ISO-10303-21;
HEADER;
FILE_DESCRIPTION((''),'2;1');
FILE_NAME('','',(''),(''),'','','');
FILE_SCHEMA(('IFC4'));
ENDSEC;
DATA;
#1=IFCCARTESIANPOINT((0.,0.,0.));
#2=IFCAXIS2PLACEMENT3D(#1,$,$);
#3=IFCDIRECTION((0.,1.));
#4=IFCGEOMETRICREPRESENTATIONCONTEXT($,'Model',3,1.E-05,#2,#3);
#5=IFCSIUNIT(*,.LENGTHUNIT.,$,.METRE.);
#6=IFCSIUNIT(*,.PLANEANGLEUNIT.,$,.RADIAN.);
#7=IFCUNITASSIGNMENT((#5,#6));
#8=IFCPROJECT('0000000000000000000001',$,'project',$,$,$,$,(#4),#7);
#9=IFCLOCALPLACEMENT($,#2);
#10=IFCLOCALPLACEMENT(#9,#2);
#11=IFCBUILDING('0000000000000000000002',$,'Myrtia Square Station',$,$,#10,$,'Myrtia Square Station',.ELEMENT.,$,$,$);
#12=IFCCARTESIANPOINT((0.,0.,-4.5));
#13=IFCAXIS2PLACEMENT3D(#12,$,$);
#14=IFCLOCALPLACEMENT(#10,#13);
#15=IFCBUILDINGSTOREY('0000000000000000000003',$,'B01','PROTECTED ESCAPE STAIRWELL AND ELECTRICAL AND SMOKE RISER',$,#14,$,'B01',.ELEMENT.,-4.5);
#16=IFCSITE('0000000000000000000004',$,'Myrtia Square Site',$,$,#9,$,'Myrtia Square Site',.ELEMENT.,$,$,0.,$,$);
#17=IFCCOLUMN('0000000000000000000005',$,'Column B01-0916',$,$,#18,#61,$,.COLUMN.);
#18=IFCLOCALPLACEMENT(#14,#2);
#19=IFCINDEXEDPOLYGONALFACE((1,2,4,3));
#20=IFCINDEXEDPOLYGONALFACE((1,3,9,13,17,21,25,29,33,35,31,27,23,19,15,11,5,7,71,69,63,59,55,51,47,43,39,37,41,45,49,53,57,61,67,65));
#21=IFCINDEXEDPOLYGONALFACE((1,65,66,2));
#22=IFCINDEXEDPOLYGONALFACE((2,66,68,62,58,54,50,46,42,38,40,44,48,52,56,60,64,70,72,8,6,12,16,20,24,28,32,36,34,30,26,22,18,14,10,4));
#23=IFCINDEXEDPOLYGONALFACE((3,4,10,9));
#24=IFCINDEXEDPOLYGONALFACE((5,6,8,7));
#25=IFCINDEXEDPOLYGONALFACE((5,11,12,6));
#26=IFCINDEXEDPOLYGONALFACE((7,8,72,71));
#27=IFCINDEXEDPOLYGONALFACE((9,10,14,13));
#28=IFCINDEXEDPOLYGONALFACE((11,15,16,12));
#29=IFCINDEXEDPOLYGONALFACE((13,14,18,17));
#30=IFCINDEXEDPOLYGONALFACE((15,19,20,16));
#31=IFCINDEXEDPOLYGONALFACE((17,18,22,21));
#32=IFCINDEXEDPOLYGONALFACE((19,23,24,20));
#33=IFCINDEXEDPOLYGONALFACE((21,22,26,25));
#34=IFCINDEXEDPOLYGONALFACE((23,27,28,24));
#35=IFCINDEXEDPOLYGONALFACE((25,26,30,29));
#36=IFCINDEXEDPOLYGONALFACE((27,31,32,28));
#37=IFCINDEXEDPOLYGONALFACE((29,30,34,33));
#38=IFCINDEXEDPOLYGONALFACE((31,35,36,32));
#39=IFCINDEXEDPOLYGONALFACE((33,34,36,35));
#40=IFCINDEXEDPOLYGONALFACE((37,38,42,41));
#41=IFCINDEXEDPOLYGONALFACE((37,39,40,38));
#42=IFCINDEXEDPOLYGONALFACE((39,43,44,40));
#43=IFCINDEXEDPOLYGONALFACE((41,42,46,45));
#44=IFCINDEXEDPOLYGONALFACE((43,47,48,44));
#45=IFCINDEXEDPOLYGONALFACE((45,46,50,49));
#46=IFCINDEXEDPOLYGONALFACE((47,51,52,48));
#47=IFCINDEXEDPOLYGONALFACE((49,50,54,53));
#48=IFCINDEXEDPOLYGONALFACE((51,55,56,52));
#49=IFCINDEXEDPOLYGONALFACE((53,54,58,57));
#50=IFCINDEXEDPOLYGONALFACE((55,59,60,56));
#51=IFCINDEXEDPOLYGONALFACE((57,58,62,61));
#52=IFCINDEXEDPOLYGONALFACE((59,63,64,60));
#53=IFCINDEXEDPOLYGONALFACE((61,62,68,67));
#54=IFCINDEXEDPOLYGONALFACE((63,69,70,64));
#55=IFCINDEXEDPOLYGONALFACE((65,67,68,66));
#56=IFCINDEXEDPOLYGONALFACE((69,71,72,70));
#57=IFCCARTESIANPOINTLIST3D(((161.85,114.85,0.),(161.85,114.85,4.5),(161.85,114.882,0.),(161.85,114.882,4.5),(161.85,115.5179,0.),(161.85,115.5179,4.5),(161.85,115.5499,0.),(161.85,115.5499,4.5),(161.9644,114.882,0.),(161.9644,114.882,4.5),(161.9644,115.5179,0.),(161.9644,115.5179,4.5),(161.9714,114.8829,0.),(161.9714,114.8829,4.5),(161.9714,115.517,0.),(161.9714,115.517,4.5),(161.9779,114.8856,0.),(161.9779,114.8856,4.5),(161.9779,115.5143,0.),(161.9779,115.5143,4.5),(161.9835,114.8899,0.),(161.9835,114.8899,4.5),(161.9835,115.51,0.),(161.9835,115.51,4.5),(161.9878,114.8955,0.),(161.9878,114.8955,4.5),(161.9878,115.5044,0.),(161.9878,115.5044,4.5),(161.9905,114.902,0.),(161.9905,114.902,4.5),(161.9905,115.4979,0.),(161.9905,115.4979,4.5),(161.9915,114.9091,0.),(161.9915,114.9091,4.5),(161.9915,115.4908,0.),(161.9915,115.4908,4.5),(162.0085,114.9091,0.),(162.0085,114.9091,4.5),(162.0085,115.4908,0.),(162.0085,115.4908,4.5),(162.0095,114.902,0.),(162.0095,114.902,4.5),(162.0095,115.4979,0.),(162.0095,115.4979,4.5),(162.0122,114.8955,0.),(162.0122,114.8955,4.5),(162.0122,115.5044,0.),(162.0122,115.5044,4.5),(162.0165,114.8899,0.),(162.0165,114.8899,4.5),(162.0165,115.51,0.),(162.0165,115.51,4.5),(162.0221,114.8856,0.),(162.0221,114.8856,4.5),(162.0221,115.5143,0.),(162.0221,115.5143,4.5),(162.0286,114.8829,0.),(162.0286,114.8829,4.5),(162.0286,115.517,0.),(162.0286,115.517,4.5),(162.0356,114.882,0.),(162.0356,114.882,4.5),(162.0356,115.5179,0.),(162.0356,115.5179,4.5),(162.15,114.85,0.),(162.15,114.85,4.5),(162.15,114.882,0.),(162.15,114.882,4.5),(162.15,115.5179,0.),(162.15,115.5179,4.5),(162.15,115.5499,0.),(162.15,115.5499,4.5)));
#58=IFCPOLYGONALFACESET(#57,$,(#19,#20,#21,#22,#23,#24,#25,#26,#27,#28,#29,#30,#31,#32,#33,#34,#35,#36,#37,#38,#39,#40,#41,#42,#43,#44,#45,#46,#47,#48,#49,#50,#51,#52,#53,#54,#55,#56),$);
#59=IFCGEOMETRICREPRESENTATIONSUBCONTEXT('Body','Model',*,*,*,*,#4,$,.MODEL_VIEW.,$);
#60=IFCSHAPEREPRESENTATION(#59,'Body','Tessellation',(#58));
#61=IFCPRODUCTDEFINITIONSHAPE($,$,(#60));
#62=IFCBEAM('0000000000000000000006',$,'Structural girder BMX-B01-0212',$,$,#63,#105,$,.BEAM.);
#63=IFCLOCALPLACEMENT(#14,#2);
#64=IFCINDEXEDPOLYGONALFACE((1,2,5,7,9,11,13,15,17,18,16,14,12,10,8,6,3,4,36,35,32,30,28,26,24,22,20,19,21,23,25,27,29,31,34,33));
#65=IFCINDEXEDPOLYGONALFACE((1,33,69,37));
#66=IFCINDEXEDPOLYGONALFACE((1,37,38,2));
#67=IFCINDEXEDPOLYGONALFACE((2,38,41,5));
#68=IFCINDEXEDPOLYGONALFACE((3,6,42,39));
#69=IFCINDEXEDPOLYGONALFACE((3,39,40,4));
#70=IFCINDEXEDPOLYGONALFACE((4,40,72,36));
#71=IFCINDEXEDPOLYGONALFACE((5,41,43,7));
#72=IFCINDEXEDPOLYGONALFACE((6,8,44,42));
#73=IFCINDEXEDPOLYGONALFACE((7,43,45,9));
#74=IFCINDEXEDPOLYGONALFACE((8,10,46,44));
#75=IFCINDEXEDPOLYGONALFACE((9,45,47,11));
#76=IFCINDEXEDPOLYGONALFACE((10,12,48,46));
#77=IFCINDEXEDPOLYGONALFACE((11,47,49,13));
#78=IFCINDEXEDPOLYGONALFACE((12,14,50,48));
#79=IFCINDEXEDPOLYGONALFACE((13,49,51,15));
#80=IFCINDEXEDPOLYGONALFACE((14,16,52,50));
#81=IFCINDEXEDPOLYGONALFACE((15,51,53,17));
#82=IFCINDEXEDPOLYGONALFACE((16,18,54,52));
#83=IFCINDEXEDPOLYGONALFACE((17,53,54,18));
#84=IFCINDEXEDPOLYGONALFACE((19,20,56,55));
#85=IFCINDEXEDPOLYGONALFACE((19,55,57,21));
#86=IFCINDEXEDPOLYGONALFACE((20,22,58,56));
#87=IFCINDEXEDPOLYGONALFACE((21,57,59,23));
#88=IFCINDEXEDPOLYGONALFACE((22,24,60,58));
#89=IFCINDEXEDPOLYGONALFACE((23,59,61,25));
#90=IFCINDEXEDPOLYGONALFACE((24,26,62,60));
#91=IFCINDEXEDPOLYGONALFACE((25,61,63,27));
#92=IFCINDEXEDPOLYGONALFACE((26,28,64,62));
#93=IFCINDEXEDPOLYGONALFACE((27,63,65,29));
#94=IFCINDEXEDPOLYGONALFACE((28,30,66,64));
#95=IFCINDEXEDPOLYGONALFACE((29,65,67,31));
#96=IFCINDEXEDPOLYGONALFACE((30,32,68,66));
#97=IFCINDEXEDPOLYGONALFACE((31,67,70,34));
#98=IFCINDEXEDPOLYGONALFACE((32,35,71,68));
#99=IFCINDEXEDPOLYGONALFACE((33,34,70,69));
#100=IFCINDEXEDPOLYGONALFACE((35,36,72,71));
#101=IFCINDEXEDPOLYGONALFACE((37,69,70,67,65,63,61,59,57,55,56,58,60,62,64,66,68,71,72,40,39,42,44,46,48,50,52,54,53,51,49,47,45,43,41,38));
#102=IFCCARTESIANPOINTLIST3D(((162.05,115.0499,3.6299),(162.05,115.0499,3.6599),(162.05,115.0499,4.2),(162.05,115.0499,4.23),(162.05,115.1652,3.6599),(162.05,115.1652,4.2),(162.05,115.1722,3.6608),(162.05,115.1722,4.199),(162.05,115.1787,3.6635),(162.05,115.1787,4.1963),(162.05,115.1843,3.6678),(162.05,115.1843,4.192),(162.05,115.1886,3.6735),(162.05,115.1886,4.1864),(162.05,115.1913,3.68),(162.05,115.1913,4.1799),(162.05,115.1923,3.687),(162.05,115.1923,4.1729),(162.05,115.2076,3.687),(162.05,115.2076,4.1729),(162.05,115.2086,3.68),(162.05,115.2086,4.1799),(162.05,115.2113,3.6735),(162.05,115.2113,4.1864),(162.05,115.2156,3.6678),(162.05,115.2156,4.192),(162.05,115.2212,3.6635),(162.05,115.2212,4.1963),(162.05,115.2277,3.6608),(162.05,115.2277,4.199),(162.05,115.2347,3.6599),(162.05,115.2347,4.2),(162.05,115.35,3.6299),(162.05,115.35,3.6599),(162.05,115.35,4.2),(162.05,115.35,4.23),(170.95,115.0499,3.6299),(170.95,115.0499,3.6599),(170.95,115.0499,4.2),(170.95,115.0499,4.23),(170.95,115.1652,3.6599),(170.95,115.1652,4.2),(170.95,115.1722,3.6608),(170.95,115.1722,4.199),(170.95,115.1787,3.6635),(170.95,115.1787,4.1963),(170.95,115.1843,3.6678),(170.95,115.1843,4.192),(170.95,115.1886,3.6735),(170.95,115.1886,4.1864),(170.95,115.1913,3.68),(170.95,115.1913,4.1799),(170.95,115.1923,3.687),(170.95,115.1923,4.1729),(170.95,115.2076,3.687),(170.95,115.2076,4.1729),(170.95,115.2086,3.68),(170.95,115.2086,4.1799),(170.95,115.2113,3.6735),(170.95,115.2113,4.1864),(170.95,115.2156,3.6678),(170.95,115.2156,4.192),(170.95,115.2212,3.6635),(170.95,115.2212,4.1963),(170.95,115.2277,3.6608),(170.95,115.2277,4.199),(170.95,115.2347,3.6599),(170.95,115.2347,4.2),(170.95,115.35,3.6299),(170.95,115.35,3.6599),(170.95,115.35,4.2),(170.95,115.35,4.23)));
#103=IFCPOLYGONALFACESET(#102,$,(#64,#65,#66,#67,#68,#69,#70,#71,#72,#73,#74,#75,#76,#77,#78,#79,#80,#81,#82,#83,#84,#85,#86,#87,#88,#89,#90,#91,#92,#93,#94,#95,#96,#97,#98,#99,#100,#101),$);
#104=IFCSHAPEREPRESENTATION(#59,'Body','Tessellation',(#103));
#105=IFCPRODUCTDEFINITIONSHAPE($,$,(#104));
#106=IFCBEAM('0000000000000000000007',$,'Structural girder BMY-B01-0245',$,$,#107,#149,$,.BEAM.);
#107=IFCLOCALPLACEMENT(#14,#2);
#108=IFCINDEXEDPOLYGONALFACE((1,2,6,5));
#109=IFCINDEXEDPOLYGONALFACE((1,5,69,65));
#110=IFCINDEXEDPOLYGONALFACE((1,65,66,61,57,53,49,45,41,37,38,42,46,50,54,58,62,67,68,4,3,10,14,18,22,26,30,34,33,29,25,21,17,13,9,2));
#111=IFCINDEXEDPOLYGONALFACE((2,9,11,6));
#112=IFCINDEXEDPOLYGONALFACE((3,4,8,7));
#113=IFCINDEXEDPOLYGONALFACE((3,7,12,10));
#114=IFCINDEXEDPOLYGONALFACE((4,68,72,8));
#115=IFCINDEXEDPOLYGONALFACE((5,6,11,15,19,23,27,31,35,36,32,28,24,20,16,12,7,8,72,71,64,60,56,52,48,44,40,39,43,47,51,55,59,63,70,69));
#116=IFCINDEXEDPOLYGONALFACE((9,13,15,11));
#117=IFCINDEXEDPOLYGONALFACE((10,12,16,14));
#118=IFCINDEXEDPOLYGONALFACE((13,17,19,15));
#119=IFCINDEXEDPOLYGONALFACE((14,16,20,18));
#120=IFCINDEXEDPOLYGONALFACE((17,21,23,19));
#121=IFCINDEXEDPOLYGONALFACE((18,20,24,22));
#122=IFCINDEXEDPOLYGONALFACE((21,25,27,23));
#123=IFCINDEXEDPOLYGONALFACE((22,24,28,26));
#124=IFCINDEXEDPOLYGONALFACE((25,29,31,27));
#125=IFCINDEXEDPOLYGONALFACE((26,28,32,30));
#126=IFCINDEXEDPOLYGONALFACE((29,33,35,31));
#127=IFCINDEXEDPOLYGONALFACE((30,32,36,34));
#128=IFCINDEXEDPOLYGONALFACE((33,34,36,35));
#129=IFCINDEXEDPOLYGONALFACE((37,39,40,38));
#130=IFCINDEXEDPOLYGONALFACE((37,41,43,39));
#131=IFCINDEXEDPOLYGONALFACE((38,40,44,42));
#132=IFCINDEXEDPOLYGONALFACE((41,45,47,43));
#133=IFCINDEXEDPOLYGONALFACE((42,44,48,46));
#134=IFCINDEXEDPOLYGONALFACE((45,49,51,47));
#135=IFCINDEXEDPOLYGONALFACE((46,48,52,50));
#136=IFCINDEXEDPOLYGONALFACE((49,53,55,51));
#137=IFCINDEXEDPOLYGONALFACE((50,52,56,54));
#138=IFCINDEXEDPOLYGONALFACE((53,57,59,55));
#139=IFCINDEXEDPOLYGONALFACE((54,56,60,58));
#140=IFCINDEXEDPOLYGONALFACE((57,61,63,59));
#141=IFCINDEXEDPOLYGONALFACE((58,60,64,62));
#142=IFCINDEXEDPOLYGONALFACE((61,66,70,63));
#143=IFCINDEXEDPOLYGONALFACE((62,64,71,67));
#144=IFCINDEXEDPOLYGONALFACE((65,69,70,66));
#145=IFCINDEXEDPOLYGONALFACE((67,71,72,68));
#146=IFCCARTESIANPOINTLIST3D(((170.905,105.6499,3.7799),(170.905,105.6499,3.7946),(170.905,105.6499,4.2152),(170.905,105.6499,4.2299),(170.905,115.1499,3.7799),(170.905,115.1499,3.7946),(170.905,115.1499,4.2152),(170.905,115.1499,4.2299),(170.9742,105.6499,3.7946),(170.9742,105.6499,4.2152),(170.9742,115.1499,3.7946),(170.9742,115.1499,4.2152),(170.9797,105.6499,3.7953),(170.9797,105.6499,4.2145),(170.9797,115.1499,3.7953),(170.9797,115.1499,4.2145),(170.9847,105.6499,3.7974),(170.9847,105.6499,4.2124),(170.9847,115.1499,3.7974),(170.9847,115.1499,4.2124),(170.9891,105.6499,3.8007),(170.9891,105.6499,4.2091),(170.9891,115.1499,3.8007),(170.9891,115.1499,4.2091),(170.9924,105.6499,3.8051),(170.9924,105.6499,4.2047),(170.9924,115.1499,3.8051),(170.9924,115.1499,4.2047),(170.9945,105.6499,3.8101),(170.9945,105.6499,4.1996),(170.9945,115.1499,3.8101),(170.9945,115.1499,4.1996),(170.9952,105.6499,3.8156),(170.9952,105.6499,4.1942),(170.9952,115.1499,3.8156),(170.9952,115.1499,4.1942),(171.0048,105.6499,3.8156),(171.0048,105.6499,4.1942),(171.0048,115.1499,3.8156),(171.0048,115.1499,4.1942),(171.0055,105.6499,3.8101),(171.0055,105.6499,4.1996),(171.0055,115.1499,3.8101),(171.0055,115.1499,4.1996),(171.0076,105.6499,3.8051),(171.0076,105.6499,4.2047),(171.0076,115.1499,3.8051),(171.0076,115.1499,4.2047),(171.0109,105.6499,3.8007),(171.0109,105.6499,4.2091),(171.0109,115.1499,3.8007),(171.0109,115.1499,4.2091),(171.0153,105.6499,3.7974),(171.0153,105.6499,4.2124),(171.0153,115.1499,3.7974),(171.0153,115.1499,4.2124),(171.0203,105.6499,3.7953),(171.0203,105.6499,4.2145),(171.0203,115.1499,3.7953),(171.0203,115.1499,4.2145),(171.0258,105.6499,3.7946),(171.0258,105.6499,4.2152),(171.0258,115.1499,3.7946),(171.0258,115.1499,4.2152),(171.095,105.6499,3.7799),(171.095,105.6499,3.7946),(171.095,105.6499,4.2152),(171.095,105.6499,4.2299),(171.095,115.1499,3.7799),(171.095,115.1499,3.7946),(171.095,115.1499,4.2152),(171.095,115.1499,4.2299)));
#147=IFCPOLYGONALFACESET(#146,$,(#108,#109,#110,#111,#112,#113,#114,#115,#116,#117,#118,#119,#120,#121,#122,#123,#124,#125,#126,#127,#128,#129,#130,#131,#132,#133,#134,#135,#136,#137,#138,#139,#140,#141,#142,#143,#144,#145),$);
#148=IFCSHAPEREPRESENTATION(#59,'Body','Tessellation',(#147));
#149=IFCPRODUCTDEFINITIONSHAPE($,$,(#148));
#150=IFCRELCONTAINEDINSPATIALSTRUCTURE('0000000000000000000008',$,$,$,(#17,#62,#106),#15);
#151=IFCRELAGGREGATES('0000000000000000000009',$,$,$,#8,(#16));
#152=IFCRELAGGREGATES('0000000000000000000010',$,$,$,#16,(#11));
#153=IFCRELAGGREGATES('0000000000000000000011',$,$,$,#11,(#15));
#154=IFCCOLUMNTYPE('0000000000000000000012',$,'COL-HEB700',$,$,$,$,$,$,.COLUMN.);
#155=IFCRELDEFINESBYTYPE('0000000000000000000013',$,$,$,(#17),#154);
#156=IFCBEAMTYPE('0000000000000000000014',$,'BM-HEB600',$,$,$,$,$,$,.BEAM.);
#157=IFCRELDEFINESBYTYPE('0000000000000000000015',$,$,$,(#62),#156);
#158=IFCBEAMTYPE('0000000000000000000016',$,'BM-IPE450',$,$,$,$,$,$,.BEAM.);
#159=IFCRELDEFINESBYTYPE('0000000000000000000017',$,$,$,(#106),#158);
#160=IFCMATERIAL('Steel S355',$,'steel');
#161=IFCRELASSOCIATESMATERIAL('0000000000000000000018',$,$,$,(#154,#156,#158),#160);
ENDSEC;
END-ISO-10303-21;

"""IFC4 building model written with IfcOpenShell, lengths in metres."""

from ifc_helpers import new_model, si_unit, direction, frame, origin, origin_2d, place, context, subcontext, project, spatial, i_section, extrude, material, material_profile, profile_set, type_object, element, save


model = new_model("IFC4")

# Units and contexts
model_context = context("Model", 3, precision=1e-05, world=origin(), true_north=direction((0.0, 1.0)))
body_context = subcontext(model_context, "Body", "Model", "MODEL_VIEW")
ifc_project = project(units=[si_unit("LENGTHUNIT", "METRE"), si_unit("PLANEANGLEUNIT", "RADIAN")], contexts=[model_context])

# Site, building, storey
site_placement = place(None, origin())
site = spatial("IfcSite", under=ifc_project, at=site_placement, Name="Myrtia Square Site", LongName="Myrtia Square Site", CompositionType="ELEMENT", RefElevation=0.0)
building_placement = place(site_placement, origin())
building = spatial("IfcBuilding", under=site, at=building_placement, Name="Myrtia Square Station", LongName="Myrtia Square Station", CompositionType="ELEMENT")
storey_placement = place(building_placement, frame((0.0, 0.0, -4.5)))
storey = spatial("IfcBuildingStorey", under=building, at=storey_placement, Name="B01", Description="PROTECTED ESCAPE STAIRWELL AND ELECTRICAL AND SMOKE RISER", LongName="B01", CompositionType="ELEMENT", Elevation=-4.5)

# Column
ifc_material_1 = material(Name="Steel S355", Category="steel")
ifc_material_profile_1 = material_profile(ifc_material_1, i_section(OverallWidth=0.3, OverallDepth=0.7, WebThickness=0.0171, FlangeThickness=0.032, FilletRadius=0.0271, at=origin_2d()), Name="HEB 700")
ifc_profile_set_1 = profile_set([ifc_material_profile_1], Name="Steel S355")
column_type = type_object("IfcColumnType", Name="COL-HEB700", PredefinedType="COLUMN", material=ifc_profile_set_1)
column_placement = place(storey_placement, frame((162.0, 115.2, 0.0), z_axis=(0.0, 0.0, 1.0), x_axis=(1.0, 0.0, 0.0)))
element("IfcColumn", 1, at=column_placement, inside=storey, type_object=column_type, Name="Column B01-0916", PredefinedType="COLUMN", context=body_context, shape_type="SweptSolid", body=[
    extrude(i_section(OverallWidth=0.3, OverallDepth=0.7, WebThickness=0.0171, FlangeThickness=0.032, FilletRadius=0.0271, at=origin_2d()), origin(), (0.0, 0.0, 1.0), 4.5),
])

# Beams
ifc_material_profile_2 = material_profile(ifc_material_1, i_section(OverallWidth=0.3, OverallDepth=0.6001, WebThickness=0.0154, FlangeThickness=0.03, FilletRadius=0.0271, at=origin_2d()), Name="HEB 600")
ifc_profile_set_2 = profile_set([ifc_material_profile_2], Name="Steel S355")
beam_type_1 = type_object("IfcBeamType", Name="BM-HEB600", PredefinedType="BEAM", material=ifc_profile_set_2)
beam_1_placement = place(storey_placement, frame((162.05, 115.2, 3.9299), z_axis=(1.0, 0.0, 0.0), x_axis=(0.0, 1.0, 0.0)))
element("IfcBeam", 2, at=beam_1_placement, inside=storey, type_object=beam_type_1, Name="Structural girder BMX-B01-0212", PredefinedType="BEAM", context=body_context, shape_type="SweptSolid", body=[
    extrude(i_section(OverallWidth=0.3, OverallDepth=0.6001, WebThickness=0.0154, FlangeThickness=0.03, FilletRadius=0.0271, at=origin_2d()), origin(), (0.0, 0.0, 1.0), 8.8999),
])
ifc_material_profile_3 = material_profile(ifc_material_1, i_section(OverallWidth=0.1899, OverallDepth=0.45, WebThickness=0.0095, FlangeThickness=0.0146, FilletRadius=0.021, at=origin_2d()), Name="IPE 450")
ifc_profile_set_3 = profile_set([ifc_material_profile_3], Name="Steel S355")
beam_type_2 = type_object("IfcBeamType", Name="BM-IPE450", PredefinedType="BEAM", material=ifc_profile_set_3)
beam_2_placement = place(storey_placement, frame((171.0, 105.6499, 4.0049), z_axis=(0.0, 1.0, 0.0), x_axis=(-1.0, 0.0, 0.0)))
element("IfcBeam", 3, at=beam_2_placement, inside=storey, type_object=beam_type_2, Name="Structural girder BMY-B01-0245", PredefinedType="BEAM", context=body_context, shape_type="SweptSolid", body=[
    extrude(i_section(OverallWidth=0.1899, OverallDepth=0.45, WebThickness=0.0095, FlangeThickness=0.0146, FilletRadius=0.021, at=origin_2d()), origin(), (0.0, 0.0, 1.0), 9.5),
])

save(model, "model.ifc")
